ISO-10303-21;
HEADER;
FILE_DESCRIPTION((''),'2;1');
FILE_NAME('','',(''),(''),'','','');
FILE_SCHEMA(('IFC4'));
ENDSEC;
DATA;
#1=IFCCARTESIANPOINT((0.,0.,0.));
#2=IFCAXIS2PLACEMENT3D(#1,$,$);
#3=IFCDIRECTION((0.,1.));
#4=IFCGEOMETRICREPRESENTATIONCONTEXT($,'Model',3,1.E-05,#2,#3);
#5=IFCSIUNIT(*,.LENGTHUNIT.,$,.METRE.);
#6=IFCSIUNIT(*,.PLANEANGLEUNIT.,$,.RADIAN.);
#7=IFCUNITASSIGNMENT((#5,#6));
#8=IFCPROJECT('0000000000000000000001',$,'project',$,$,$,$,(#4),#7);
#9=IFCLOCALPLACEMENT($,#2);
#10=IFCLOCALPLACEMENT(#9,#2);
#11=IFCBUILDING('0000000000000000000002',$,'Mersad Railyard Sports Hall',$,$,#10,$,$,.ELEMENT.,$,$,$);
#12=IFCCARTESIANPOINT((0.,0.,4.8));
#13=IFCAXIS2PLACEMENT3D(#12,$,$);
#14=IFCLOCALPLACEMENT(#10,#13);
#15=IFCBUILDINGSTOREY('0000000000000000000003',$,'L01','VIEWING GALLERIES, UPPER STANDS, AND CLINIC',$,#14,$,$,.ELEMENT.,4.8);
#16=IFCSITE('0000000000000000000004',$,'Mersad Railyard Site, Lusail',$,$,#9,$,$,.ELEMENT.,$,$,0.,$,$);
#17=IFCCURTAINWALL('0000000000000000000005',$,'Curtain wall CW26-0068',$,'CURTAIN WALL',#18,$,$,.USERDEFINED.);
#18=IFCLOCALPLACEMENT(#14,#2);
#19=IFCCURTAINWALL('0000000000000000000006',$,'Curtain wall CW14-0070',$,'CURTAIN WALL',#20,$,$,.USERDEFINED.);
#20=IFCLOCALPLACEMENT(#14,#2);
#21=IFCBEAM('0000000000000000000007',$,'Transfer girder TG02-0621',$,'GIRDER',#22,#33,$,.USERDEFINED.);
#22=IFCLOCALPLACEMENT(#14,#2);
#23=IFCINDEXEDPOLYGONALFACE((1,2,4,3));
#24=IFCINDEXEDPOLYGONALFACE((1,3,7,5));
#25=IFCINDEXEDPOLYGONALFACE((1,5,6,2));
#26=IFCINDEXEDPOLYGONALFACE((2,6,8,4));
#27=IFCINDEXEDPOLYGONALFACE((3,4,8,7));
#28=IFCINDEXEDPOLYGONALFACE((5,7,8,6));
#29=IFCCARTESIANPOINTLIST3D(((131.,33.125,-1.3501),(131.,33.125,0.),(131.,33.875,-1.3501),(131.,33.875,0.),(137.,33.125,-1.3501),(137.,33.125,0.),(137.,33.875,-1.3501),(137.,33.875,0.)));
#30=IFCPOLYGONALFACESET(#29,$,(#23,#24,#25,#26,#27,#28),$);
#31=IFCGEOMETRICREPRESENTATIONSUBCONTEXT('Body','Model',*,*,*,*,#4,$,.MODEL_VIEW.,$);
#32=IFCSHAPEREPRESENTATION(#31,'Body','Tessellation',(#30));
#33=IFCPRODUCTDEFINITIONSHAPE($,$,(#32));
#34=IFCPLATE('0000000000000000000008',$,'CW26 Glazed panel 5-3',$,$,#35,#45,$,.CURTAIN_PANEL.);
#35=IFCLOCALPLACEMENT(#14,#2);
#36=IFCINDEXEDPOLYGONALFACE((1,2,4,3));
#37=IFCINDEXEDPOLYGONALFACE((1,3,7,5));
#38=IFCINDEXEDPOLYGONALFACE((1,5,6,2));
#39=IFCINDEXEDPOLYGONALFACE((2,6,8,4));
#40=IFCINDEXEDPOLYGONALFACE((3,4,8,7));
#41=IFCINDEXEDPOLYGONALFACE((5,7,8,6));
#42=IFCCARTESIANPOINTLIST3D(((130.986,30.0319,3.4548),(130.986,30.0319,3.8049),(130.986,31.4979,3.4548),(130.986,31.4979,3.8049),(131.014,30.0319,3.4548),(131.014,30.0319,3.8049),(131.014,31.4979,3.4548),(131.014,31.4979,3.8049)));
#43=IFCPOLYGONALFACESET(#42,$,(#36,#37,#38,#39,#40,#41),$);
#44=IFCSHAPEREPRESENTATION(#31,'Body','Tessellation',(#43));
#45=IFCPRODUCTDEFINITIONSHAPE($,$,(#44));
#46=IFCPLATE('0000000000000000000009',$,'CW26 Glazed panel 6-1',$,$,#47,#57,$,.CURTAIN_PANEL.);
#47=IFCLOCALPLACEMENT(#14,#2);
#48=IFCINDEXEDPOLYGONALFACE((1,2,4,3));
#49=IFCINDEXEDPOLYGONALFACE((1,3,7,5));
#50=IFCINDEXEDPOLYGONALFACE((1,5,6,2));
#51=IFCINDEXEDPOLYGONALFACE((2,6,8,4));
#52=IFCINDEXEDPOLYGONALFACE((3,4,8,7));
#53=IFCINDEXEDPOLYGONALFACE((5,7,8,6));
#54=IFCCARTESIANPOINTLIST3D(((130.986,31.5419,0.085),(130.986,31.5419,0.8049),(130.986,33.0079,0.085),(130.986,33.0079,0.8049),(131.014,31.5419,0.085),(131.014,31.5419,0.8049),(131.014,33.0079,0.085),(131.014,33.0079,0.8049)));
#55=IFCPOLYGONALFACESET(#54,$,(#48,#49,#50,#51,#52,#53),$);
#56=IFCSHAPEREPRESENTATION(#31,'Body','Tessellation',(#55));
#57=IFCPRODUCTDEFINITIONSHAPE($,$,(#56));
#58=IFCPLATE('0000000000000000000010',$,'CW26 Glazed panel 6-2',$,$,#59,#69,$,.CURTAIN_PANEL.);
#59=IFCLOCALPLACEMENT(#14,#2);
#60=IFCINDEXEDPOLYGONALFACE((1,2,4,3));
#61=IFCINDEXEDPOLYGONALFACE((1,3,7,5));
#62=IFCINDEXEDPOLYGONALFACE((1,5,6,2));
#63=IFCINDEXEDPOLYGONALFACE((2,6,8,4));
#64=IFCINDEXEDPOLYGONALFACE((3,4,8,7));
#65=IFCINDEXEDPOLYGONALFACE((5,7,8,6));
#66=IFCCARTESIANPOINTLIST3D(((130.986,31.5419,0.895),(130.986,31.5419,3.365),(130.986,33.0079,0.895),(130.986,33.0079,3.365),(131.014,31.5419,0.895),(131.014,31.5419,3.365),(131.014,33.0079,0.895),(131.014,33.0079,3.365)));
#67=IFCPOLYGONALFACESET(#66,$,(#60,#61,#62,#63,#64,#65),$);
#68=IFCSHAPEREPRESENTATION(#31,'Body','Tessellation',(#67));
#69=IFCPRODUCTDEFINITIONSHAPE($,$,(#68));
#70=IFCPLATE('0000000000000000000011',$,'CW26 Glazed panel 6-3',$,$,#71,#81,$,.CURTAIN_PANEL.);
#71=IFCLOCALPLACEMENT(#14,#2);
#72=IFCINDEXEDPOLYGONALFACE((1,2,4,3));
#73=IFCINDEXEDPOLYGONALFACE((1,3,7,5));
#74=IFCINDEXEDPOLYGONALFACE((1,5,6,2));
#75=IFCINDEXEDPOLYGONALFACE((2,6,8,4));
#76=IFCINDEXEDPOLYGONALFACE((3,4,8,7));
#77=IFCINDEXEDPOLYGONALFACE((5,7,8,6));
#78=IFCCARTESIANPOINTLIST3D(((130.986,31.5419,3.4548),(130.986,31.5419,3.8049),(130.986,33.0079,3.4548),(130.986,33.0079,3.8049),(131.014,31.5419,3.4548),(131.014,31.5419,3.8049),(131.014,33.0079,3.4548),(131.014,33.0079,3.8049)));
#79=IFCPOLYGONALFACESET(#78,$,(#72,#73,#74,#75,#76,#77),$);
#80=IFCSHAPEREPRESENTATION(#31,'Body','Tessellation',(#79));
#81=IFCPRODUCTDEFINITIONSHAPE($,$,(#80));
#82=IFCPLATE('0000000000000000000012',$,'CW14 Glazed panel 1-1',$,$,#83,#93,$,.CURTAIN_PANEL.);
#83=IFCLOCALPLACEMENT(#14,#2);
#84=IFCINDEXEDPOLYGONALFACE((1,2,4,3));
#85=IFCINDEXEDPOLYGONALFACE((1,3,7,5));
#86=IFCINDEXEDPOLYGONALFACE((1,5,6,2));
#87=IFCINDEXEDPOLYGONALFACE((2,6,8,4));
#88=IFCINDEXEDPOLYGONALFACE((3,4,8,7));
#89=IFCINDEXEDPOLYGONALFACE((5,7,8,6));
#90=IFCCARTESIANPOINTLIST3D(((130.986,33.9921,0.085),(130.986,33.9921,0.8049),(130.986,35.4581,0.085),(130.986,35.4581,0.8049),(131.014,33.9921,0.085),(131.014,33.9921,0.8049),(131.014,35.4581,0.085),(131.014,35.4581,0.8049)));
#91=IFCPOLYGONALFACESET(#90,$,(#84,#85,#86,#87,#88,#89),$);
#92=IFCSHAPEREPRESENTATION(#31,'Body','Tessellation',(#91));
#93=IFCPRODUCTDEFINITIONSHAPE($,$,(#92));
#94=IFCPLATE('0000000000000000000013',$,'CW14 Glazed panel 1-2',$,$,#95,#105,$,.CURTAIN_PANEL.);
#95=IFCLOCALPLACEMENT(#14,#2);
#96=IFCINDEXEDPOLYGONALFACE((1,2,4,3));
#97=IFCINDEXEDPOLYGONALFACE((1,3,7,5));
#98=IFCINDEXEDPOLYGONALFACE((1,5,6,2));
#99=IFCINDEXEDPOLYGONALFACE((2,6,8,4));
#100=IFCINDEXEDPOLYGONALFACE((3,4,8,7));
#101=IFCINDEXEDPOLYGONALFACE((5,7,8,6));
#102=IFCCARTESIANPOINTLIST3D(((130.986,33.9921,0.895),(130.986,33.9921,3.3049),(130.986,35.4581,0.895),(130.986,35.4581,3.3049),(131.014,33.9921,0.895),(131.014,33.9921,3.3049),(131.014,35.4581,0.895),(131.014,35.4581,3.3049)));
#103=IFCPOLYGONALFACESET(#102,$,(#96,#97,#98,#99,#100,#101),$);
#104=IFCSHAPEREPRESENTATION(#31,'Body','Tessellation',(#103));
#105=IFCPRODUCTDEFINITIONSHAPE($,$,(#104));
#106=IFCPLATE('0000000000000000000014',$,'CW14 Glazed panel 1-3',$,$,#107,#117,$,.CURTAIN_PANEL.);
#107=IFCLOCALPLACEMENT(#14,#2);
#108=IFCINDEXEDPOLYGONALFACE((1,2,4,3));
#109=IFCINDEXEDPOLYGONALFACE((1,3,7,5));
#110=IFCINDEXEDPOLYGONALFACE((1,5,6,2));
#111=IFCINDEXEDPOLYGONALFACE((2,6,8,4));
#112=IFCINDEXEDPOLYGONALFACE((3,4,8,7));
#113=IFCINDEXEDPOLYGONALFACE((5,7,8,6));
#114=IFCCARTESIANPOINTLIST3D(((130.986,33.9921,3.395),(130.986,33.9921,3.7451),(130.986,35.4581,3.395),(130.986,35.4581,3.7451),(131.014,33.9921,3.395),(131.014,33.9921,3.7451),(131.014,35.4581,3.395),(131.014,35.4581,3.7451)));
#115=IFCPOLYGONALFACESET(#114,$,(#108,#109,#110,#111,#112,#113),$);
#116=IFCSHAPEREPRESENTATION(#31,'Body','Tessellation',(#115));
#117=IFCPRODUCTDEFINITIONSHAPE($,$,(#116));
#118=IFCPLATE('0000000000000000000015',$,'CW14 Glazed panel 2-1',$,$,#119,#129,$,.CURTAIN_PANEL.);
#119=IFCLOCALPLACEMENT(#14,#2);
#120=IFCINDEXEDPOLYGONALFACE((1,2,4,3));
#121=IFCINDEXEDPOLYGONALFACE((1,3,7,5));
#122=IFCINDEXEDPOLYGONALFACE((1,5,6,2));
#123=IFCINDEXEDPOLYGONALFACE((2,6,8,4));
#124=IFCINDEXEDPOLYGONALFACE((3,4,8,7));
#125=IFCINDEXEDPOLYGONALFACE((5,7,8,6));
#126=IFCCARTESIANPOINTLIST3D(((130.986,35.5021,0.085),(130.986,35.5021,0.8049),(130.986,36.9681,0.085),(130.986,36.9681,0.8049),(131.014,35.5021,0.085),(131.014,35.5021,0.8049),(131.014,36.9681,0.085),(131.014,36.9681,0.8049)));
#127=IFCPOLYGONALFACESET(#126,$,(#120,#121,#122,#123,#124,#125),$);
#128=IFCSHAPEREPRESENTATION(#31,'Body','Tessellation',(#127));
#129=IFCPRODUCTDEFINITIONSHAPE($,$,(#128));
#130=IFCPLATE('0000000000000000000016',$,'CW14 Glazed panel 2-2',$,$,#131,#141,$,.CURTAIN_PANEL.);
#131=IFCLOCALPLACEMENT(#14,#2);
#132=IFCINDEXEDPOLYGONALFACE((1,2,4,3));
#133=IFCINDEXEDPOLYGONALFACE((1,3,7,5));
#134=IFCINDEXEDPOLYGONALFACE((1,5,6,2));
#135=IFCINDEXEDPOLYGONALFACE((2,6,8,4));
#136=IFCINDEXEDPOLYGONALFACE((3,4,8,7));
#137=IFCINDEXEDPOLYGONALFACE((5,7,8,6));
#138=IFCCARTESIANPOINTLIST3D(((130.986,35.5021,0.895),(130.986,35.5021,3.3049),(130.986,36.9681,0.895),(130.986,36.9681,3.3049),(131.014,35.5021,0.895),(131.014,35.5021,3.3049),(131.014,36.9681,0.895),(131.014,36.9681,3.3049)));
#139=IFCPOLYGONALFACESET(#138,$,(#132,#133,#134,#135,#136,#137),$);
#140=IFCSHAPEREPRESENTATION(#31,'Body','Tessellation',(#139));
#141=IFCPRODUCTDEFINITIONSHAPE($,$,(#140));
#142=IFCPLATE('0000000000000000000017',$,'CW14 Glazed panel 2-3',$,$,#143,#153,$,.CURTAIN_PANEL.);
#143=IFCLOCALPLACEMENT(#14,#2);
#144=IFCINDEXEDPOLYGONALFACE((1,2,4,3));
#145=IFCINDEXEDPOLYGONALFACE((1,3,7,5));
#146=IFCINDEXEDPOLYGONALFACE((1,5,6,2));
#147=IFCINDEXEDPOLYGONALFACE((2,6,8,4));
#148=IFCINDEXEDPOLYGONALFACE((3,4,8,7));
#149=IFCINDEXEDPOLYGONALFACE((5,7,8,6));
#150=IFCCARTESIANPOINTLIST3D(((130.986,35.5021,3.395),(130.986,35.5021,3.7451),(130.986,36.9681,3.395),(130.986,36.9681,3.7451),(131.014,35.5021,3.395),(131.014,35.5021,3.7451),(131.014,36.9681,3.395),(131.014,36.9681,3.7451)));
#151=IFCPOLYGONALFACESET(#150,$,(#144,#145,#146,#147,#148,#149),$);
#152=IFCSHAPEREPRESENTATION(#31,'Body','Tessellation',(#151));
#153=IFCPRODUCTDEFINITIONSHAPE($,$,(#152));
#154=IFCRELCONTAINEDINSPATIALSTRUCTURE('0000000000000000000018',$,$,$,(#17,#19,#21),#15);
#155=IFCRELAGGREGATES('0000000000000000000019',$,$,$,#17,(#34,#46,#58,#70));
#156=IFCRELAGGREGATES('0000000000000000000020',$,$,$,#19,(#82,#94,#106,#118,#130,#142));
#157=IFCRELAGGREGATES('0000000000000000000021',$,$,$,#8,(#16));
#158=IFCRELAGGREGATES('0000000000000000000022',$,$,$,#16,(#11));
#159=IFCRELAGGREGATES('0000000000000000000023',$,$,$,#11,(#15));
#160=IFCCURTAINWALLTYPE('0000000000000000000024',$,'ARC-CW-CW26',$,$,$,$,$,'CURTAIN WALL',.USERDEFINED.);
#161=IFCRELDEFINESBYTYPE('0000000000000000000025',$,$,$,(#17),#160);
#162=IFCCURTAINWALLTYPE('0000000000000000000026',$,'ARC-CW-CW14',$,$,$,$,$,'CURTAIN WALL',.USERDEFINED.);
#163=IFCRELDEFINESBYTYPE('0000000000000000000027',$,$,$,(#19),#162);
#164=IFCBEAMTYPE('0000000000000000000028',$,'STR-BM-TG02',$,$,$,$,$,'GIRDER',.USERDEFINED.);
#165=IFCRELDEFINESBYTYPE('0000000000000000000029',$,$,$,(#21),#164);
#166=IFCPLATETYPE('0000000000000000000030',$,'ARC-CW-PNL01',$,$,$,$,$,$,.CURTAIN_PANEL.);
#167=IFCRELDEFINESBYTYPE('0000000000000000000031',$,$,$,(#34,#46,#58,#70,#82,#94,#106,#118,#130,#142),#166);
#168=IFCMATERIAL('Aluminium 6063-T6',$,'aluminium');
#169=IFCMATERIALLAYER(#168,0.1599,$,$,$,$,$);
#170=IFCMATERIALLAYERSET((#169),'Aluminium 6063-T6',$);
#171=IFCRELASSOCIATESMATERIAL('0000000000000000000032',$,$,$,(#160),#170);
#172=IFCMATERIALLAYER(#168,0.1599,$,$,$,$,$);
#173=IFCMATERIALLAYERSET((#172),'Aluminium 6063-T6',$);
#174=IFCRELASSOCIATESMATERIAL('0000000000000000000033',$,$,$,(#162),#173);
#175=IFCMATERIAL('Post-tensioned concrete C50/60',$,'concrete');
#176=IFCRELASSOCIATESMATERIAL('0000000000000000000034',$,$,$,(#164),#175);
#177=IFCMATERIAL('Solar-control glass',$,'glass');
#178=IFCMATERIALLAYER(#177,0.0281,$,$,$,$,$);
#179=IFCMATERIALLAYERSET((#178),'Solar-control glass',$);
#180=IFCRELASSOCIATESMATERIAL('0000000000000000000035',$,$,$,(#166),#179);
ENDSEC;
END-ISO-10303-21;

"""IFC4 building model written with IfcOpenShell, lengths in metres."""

from ifc_helpers import new_model, si_unit, direction, frame, origin, origin_2d, place, context, subcontext, project, spatial, rectangle, extrude, material, layer, layer_set, material_profile, profile_set, type_object, element, aggregate, save


model = new_model("IFC4")

# Units and contexts
model_context = context("Model", 3, precision=1e-05, world=origin(), true_north=direction((0.0, 1.0)))
body_context = subcontext(model_context, "Body", "Model", "MODEL_VIEW")
ifc_project = project(units=[si_unit("LENGTHUNIT", "METRE"), si_unit("PLANEANGLEUNIT", "RADIAN")], contexts=[model_context])

# Site, building, storey
site_placement = place(None, origin())
site = spatial("IfcSite", under=ifc_project, at=site_placement, Name="Mersad Railyard Site, Lusail", CompositionType="ELEMENT", RefElevation=0.0)
building_placement = place(site_placement, origin())
building = spatial("IfcBuilding", under=site, at=building_placement, Name="Mersad Railyard Sports Hall", CompositionType="ELEMENT")
storey_placement = place(building_placement, frame((0.0, 0.0, 4.8)))
storey = spatial("IfcBuildingStorey", under=building, at=storey_placement, Name="L01", Description="VIEWING GALLERIES, UPPER STANDS, AND CLINIC", CompositionType="ELEMENT", Elevation=4.8)

# Curtain walls
ifc_material_1 = material(Name="Aluminium 6063-T6", Category="aluminium")
ifc_layer_1 = layer(ifc_material_1, 0.1599)
ifc_layer_set_1 = layer_set([ifc_layer_1], Name="Aluminium 6063-T6")
curtain_wall_type_1 = type_object("IfcCurtainWallType", Name="ARC-CW-CW26", ElementType="CURTAIN WALL", PredefinedType="USERDEFINED", material=ifc_layer_set_1)
curtain_wall_1_placement = place(storey_placement, origin())
curtain_wall_1 = element("IfcCurtainWall", 1, at=curtain_wall_1_placement, inside=storey, type_object=curtain_wall_type_1, Name="Curtain wall CW26-0068", ObjectType="CURTAIN WALL", PredefinedType="USERDEFINED")
ifc_layer_2 = layer(ifc_material_1, 0.1599)
ifc_layer_set_2 = layer_set([ifc_layer_2], Name="Aluminium 6063-T6")
curtain_wall_type_2 = type_object("IfcCurtainWallType", Name="ARC-CW-CW14", ElementType="CURTAIN WALL", PredefinedType="USERDEFINED", material=ifc_layer_set_2)
curtain_wall_2_placement = place(storey_placement, origin())
curtain_wall_2 = element("IfcCurtainWall", 2, at=curtain_wall_2_placement, inside=storey, type_object=curtain_wall_type_2, Name="Curtain wall CW14-0070", ObjectType="CURTAIN WALL", PredefinedType="USERDEFINED")

# Beam
ifc_material_2 = material(Name="Post-tensioned concrete C50/60", Category="concrete")
ifc_material_profile_1 = material_profile(ifc_material_2, rectangle(XDim=0.75, YDim=1.3501, at=origin_2d()), Name="PT 750x1350")
ifc_profile_set_1 = profile_set([ifc_material_profile_1], Name="Post-tensioned concrete C50/60")
beam_type_1 = type_object("IfcBeamType", Name="STR-BM-TG02", ElementType="GIRDER", PredefinedType="USERDEFINED", material=ifc_profile_set_1)
beam_1_placement = place(storey_placement, frame((131.0, 33.5, -0.675), z_axis=(1.0, 0.0, 0.0), x_axis=(0.0, 1.0, 0.0)))
element("IfcBeam", 3, at=beam_1_placement, inside=storey, type_object=beam_type_1, Name="Transfer girder TG02-0621", ObjectType="GIRDER", PredefinedType="USERDEFINED", context=body_context, shape_type="SweptSolid", body=[
    extrude(rectangle(XDim=0.75, YDim=1.3501, at=origin_2d()), origin(), (0.0, 0.0, 1.0), 6.0),
])

# Plates
ifc_material_3 = material(Name="Solar-control glass", Category="glass")
ifc_layer_3 = layer(ifc_material_3, 0.0281)
ifc_layer_set_3 = layer_set([ifc_layer_3], Name="Solar-control glass")
plate_type = type_object("IfcPlateType", Name="ARC-CW-PNL01", PredefinedType="CURTAIN_PANEL", material=ifc_layer_set_3)
plate_1_placement = place(storey_placement, frame((131.0, 30.7649, 3.4548), z_axis=(0.0, 0.0, 1.0), x_axis=(0.0, 1.0, 0.0)))
plate_1 = element("IfcPlate", 4, at=plate_1_placement, type_object=plate_type, Name="CW26 Glazed panel 5-3", PredefinedType="CURTAIN_PANEL", context=body_context, shape_type="SweptSolid", body=[
    extrude(rectangle(XDim=1.4661, YDim=0.0281, at=origin_2d()), origin(), (0.0, 0.0, 1.0), 0.3501),
])
plate_2_placement = place(storey_placement, frame((131.0, 32.2749, 0.085), z_axis=(0.0, 0.0, 1.0), x_axis=(0.0, 1.0, 0.0)))
plate_2 = element("IfcPlate", 5, at=plate_2_placement, type_object=plate_type, Name="CW26 Glazed panel 6-1", PredefinedType="CURTAIN_PANEL", context=body_context, shape_type="SweptSolid", body=[
    extrude(rectangle(XDim=1.4661, YDim=0.0281, at=origin_2d()), origin(), (0.0, 0.0, 1.0), 0.72),
])
plate_3_placement = place(storey_placement, frame((131.0, 32.2749, 0.895), z_axis=(0.0, 0.0, 1.0), x_axis=(0.0, 1.0, 0.0)))
plate_3 = element("IfcPlate", 6, at=plate_3_placement, type_object=plate_type, Name="CW26 Glazed panel 6-2", PredefinedType="CURTAIN_PANEL", context=body_context, shape_type="SweptSolid", body=[
    extrude(rectangle(XDim=1.4661, YDim=0.0281, at=origin_2d()), origin(), (0.0, 0.0, 1.0), 2.47),
])
plate_4_placement = place(storey_placement, frame((131.0, 32.2749, 3.4548), z_axis=(0.0, 0.0, 1.0), x_axis=(0.0, 1.0, 0.0)))
plate_4 = element("IfcPlate", 7, at=plate_4_placement, type_object=plate_type, Name="CW26 Glazed panel 6-3", PredefinedType="CURTAIN_PANEL", context=body_context, shape_type="SweptSolid", body=[
    extrude(rectangle(XDim=1.4661, YDim=0.0281, at=origin_2d()), origin(), (0.0, 0.0, 1.0), 0.3501),
])
aggregate(curtain_wall_1, [plate_1, plate_2, plate_3, plate_4])
plate_5_placement = place(storey_placement, frame((131.0, 34.7251, 0.085), z_axis=(0.0, 0.0, 1.0), x_axis=(0.0, 1.0, 0.0)))
plate_5 = element("IfcPlate", 8, at=plate_5_placement, type_object=plate_type, Name="CW14 Glazed panel 1-1", PredefinedType="CURTAIN_PANEL", context=body_context, shape_type="SweptSolid", body=[
    extrude(rectangle(XDim=1.4661, YDim=0.0281, at=origin_2d()), origin(), (0.0, 0.0, 1.0), 0.72),
])
plate_6_placement = place(storey_placement, frame((131.0, 34.7251, 0.895), z_axis=(0.0, 0.0, 1.0), x_axis=(0.0, 1.0, 0.0)))
plate_6 = element("IfcPlate", 9, at=plate_6_placement, type_object=plate_type, Name="CW14 Glazed panel 1-2", PredefinedType="CURTAIN_PANEL", context=body_context, shape_type="SweptSolid", body=[
    extrude(rectangle(XDim=1.4661, YDim=0.0281, at=origin_2d()), origin(), (0.0, 0.0, 1.0), 2.4099),
])
plate_7_placement = place(storey_placement, frame((131.0, 34.7251, 3.395), z_axis=(0.0, 0.0, 1.0), x_axis=(0.0, 1.0, 0.0)))
plate_7 = element("IfcPlate", 10, at=plate_7_placement, type_object=plate_type, Name="CW14 Glazed panel 1-3", PredefinedType="CURTAIN_PANEL", context=body_context, shape_type="SweptSolid", body=[
    extrude(rectangle(XDim=1.4661, YDim=0.0281, at=origin_2d()), origin(), (0.0, 0.0, 1.0), 0.3501),
])
plate_8_placement = place(storey_placement, frame((131.0, 36.2351, 0.085), z_axis=(0.0, 0.0, 1.0), x_axis=(0.0, 1.0, 0.0)))
plate_8 = element("IfcPlate", 11, at=plate_8_placement, type_object=plate_type, Name="CW14 Glazed panel 2-1", PredefinedType="CURTAIN_PANEL", context=body_context, shape_type="SweptSolid", body=[
    extrude(rectangle(XDim=1.4661, YDim=0.0281, at=origin_2d()), origin(), (0.0, 0.0, 1.0), 0.72),
])
plate_9_placement = place(storey_placement, frame((131.0, 36.2351, 0.895), z_axis=(0.0, 0.0, 1.0), x_axis=(0.0, 1.0, 0.0)))
plate_9 = element("IfcPlate", 12, at=plate_9_placement, type_object=plate_type, Name="CW14 Glazed panel 2-2", PredefinedType="CURTAIN_PANEL", context=body_context, shape_type="SweptSolid", body=[
    extrude(rectangle(XDim=1.4661, YDim=0.0281, at=origin_2d()), origin(), (0.0, 0.0, 1.0), 2.4099),
])
plate_10_placement = place(storey_placement, frame((131.0, 36.2351, 3.395), z_axis=(0.0, 0.0, 1.0), x_axis=(0.0, 1.0, 0.0)))
plate_10 = element("IfcPlate", 13, at=plate_10_placement, type_object=plate_type, Name="CW14 Glazed panel 2-3", PredefinedType="CURTAIN_PANEL", context=body_context, shape_type="SweptSolid", body=[
    extrude(rectangle(XDim=1.4661, YDim=0.0281, at=origin_2d()), origin(), (0.0, 0.0, 1.0), 0.3501),
])
aggregate(curtain_wall_2, [plate_5, plate_6, plate_7, plate_8, plate_9, plate_10])

save(model, "model.ifc")
